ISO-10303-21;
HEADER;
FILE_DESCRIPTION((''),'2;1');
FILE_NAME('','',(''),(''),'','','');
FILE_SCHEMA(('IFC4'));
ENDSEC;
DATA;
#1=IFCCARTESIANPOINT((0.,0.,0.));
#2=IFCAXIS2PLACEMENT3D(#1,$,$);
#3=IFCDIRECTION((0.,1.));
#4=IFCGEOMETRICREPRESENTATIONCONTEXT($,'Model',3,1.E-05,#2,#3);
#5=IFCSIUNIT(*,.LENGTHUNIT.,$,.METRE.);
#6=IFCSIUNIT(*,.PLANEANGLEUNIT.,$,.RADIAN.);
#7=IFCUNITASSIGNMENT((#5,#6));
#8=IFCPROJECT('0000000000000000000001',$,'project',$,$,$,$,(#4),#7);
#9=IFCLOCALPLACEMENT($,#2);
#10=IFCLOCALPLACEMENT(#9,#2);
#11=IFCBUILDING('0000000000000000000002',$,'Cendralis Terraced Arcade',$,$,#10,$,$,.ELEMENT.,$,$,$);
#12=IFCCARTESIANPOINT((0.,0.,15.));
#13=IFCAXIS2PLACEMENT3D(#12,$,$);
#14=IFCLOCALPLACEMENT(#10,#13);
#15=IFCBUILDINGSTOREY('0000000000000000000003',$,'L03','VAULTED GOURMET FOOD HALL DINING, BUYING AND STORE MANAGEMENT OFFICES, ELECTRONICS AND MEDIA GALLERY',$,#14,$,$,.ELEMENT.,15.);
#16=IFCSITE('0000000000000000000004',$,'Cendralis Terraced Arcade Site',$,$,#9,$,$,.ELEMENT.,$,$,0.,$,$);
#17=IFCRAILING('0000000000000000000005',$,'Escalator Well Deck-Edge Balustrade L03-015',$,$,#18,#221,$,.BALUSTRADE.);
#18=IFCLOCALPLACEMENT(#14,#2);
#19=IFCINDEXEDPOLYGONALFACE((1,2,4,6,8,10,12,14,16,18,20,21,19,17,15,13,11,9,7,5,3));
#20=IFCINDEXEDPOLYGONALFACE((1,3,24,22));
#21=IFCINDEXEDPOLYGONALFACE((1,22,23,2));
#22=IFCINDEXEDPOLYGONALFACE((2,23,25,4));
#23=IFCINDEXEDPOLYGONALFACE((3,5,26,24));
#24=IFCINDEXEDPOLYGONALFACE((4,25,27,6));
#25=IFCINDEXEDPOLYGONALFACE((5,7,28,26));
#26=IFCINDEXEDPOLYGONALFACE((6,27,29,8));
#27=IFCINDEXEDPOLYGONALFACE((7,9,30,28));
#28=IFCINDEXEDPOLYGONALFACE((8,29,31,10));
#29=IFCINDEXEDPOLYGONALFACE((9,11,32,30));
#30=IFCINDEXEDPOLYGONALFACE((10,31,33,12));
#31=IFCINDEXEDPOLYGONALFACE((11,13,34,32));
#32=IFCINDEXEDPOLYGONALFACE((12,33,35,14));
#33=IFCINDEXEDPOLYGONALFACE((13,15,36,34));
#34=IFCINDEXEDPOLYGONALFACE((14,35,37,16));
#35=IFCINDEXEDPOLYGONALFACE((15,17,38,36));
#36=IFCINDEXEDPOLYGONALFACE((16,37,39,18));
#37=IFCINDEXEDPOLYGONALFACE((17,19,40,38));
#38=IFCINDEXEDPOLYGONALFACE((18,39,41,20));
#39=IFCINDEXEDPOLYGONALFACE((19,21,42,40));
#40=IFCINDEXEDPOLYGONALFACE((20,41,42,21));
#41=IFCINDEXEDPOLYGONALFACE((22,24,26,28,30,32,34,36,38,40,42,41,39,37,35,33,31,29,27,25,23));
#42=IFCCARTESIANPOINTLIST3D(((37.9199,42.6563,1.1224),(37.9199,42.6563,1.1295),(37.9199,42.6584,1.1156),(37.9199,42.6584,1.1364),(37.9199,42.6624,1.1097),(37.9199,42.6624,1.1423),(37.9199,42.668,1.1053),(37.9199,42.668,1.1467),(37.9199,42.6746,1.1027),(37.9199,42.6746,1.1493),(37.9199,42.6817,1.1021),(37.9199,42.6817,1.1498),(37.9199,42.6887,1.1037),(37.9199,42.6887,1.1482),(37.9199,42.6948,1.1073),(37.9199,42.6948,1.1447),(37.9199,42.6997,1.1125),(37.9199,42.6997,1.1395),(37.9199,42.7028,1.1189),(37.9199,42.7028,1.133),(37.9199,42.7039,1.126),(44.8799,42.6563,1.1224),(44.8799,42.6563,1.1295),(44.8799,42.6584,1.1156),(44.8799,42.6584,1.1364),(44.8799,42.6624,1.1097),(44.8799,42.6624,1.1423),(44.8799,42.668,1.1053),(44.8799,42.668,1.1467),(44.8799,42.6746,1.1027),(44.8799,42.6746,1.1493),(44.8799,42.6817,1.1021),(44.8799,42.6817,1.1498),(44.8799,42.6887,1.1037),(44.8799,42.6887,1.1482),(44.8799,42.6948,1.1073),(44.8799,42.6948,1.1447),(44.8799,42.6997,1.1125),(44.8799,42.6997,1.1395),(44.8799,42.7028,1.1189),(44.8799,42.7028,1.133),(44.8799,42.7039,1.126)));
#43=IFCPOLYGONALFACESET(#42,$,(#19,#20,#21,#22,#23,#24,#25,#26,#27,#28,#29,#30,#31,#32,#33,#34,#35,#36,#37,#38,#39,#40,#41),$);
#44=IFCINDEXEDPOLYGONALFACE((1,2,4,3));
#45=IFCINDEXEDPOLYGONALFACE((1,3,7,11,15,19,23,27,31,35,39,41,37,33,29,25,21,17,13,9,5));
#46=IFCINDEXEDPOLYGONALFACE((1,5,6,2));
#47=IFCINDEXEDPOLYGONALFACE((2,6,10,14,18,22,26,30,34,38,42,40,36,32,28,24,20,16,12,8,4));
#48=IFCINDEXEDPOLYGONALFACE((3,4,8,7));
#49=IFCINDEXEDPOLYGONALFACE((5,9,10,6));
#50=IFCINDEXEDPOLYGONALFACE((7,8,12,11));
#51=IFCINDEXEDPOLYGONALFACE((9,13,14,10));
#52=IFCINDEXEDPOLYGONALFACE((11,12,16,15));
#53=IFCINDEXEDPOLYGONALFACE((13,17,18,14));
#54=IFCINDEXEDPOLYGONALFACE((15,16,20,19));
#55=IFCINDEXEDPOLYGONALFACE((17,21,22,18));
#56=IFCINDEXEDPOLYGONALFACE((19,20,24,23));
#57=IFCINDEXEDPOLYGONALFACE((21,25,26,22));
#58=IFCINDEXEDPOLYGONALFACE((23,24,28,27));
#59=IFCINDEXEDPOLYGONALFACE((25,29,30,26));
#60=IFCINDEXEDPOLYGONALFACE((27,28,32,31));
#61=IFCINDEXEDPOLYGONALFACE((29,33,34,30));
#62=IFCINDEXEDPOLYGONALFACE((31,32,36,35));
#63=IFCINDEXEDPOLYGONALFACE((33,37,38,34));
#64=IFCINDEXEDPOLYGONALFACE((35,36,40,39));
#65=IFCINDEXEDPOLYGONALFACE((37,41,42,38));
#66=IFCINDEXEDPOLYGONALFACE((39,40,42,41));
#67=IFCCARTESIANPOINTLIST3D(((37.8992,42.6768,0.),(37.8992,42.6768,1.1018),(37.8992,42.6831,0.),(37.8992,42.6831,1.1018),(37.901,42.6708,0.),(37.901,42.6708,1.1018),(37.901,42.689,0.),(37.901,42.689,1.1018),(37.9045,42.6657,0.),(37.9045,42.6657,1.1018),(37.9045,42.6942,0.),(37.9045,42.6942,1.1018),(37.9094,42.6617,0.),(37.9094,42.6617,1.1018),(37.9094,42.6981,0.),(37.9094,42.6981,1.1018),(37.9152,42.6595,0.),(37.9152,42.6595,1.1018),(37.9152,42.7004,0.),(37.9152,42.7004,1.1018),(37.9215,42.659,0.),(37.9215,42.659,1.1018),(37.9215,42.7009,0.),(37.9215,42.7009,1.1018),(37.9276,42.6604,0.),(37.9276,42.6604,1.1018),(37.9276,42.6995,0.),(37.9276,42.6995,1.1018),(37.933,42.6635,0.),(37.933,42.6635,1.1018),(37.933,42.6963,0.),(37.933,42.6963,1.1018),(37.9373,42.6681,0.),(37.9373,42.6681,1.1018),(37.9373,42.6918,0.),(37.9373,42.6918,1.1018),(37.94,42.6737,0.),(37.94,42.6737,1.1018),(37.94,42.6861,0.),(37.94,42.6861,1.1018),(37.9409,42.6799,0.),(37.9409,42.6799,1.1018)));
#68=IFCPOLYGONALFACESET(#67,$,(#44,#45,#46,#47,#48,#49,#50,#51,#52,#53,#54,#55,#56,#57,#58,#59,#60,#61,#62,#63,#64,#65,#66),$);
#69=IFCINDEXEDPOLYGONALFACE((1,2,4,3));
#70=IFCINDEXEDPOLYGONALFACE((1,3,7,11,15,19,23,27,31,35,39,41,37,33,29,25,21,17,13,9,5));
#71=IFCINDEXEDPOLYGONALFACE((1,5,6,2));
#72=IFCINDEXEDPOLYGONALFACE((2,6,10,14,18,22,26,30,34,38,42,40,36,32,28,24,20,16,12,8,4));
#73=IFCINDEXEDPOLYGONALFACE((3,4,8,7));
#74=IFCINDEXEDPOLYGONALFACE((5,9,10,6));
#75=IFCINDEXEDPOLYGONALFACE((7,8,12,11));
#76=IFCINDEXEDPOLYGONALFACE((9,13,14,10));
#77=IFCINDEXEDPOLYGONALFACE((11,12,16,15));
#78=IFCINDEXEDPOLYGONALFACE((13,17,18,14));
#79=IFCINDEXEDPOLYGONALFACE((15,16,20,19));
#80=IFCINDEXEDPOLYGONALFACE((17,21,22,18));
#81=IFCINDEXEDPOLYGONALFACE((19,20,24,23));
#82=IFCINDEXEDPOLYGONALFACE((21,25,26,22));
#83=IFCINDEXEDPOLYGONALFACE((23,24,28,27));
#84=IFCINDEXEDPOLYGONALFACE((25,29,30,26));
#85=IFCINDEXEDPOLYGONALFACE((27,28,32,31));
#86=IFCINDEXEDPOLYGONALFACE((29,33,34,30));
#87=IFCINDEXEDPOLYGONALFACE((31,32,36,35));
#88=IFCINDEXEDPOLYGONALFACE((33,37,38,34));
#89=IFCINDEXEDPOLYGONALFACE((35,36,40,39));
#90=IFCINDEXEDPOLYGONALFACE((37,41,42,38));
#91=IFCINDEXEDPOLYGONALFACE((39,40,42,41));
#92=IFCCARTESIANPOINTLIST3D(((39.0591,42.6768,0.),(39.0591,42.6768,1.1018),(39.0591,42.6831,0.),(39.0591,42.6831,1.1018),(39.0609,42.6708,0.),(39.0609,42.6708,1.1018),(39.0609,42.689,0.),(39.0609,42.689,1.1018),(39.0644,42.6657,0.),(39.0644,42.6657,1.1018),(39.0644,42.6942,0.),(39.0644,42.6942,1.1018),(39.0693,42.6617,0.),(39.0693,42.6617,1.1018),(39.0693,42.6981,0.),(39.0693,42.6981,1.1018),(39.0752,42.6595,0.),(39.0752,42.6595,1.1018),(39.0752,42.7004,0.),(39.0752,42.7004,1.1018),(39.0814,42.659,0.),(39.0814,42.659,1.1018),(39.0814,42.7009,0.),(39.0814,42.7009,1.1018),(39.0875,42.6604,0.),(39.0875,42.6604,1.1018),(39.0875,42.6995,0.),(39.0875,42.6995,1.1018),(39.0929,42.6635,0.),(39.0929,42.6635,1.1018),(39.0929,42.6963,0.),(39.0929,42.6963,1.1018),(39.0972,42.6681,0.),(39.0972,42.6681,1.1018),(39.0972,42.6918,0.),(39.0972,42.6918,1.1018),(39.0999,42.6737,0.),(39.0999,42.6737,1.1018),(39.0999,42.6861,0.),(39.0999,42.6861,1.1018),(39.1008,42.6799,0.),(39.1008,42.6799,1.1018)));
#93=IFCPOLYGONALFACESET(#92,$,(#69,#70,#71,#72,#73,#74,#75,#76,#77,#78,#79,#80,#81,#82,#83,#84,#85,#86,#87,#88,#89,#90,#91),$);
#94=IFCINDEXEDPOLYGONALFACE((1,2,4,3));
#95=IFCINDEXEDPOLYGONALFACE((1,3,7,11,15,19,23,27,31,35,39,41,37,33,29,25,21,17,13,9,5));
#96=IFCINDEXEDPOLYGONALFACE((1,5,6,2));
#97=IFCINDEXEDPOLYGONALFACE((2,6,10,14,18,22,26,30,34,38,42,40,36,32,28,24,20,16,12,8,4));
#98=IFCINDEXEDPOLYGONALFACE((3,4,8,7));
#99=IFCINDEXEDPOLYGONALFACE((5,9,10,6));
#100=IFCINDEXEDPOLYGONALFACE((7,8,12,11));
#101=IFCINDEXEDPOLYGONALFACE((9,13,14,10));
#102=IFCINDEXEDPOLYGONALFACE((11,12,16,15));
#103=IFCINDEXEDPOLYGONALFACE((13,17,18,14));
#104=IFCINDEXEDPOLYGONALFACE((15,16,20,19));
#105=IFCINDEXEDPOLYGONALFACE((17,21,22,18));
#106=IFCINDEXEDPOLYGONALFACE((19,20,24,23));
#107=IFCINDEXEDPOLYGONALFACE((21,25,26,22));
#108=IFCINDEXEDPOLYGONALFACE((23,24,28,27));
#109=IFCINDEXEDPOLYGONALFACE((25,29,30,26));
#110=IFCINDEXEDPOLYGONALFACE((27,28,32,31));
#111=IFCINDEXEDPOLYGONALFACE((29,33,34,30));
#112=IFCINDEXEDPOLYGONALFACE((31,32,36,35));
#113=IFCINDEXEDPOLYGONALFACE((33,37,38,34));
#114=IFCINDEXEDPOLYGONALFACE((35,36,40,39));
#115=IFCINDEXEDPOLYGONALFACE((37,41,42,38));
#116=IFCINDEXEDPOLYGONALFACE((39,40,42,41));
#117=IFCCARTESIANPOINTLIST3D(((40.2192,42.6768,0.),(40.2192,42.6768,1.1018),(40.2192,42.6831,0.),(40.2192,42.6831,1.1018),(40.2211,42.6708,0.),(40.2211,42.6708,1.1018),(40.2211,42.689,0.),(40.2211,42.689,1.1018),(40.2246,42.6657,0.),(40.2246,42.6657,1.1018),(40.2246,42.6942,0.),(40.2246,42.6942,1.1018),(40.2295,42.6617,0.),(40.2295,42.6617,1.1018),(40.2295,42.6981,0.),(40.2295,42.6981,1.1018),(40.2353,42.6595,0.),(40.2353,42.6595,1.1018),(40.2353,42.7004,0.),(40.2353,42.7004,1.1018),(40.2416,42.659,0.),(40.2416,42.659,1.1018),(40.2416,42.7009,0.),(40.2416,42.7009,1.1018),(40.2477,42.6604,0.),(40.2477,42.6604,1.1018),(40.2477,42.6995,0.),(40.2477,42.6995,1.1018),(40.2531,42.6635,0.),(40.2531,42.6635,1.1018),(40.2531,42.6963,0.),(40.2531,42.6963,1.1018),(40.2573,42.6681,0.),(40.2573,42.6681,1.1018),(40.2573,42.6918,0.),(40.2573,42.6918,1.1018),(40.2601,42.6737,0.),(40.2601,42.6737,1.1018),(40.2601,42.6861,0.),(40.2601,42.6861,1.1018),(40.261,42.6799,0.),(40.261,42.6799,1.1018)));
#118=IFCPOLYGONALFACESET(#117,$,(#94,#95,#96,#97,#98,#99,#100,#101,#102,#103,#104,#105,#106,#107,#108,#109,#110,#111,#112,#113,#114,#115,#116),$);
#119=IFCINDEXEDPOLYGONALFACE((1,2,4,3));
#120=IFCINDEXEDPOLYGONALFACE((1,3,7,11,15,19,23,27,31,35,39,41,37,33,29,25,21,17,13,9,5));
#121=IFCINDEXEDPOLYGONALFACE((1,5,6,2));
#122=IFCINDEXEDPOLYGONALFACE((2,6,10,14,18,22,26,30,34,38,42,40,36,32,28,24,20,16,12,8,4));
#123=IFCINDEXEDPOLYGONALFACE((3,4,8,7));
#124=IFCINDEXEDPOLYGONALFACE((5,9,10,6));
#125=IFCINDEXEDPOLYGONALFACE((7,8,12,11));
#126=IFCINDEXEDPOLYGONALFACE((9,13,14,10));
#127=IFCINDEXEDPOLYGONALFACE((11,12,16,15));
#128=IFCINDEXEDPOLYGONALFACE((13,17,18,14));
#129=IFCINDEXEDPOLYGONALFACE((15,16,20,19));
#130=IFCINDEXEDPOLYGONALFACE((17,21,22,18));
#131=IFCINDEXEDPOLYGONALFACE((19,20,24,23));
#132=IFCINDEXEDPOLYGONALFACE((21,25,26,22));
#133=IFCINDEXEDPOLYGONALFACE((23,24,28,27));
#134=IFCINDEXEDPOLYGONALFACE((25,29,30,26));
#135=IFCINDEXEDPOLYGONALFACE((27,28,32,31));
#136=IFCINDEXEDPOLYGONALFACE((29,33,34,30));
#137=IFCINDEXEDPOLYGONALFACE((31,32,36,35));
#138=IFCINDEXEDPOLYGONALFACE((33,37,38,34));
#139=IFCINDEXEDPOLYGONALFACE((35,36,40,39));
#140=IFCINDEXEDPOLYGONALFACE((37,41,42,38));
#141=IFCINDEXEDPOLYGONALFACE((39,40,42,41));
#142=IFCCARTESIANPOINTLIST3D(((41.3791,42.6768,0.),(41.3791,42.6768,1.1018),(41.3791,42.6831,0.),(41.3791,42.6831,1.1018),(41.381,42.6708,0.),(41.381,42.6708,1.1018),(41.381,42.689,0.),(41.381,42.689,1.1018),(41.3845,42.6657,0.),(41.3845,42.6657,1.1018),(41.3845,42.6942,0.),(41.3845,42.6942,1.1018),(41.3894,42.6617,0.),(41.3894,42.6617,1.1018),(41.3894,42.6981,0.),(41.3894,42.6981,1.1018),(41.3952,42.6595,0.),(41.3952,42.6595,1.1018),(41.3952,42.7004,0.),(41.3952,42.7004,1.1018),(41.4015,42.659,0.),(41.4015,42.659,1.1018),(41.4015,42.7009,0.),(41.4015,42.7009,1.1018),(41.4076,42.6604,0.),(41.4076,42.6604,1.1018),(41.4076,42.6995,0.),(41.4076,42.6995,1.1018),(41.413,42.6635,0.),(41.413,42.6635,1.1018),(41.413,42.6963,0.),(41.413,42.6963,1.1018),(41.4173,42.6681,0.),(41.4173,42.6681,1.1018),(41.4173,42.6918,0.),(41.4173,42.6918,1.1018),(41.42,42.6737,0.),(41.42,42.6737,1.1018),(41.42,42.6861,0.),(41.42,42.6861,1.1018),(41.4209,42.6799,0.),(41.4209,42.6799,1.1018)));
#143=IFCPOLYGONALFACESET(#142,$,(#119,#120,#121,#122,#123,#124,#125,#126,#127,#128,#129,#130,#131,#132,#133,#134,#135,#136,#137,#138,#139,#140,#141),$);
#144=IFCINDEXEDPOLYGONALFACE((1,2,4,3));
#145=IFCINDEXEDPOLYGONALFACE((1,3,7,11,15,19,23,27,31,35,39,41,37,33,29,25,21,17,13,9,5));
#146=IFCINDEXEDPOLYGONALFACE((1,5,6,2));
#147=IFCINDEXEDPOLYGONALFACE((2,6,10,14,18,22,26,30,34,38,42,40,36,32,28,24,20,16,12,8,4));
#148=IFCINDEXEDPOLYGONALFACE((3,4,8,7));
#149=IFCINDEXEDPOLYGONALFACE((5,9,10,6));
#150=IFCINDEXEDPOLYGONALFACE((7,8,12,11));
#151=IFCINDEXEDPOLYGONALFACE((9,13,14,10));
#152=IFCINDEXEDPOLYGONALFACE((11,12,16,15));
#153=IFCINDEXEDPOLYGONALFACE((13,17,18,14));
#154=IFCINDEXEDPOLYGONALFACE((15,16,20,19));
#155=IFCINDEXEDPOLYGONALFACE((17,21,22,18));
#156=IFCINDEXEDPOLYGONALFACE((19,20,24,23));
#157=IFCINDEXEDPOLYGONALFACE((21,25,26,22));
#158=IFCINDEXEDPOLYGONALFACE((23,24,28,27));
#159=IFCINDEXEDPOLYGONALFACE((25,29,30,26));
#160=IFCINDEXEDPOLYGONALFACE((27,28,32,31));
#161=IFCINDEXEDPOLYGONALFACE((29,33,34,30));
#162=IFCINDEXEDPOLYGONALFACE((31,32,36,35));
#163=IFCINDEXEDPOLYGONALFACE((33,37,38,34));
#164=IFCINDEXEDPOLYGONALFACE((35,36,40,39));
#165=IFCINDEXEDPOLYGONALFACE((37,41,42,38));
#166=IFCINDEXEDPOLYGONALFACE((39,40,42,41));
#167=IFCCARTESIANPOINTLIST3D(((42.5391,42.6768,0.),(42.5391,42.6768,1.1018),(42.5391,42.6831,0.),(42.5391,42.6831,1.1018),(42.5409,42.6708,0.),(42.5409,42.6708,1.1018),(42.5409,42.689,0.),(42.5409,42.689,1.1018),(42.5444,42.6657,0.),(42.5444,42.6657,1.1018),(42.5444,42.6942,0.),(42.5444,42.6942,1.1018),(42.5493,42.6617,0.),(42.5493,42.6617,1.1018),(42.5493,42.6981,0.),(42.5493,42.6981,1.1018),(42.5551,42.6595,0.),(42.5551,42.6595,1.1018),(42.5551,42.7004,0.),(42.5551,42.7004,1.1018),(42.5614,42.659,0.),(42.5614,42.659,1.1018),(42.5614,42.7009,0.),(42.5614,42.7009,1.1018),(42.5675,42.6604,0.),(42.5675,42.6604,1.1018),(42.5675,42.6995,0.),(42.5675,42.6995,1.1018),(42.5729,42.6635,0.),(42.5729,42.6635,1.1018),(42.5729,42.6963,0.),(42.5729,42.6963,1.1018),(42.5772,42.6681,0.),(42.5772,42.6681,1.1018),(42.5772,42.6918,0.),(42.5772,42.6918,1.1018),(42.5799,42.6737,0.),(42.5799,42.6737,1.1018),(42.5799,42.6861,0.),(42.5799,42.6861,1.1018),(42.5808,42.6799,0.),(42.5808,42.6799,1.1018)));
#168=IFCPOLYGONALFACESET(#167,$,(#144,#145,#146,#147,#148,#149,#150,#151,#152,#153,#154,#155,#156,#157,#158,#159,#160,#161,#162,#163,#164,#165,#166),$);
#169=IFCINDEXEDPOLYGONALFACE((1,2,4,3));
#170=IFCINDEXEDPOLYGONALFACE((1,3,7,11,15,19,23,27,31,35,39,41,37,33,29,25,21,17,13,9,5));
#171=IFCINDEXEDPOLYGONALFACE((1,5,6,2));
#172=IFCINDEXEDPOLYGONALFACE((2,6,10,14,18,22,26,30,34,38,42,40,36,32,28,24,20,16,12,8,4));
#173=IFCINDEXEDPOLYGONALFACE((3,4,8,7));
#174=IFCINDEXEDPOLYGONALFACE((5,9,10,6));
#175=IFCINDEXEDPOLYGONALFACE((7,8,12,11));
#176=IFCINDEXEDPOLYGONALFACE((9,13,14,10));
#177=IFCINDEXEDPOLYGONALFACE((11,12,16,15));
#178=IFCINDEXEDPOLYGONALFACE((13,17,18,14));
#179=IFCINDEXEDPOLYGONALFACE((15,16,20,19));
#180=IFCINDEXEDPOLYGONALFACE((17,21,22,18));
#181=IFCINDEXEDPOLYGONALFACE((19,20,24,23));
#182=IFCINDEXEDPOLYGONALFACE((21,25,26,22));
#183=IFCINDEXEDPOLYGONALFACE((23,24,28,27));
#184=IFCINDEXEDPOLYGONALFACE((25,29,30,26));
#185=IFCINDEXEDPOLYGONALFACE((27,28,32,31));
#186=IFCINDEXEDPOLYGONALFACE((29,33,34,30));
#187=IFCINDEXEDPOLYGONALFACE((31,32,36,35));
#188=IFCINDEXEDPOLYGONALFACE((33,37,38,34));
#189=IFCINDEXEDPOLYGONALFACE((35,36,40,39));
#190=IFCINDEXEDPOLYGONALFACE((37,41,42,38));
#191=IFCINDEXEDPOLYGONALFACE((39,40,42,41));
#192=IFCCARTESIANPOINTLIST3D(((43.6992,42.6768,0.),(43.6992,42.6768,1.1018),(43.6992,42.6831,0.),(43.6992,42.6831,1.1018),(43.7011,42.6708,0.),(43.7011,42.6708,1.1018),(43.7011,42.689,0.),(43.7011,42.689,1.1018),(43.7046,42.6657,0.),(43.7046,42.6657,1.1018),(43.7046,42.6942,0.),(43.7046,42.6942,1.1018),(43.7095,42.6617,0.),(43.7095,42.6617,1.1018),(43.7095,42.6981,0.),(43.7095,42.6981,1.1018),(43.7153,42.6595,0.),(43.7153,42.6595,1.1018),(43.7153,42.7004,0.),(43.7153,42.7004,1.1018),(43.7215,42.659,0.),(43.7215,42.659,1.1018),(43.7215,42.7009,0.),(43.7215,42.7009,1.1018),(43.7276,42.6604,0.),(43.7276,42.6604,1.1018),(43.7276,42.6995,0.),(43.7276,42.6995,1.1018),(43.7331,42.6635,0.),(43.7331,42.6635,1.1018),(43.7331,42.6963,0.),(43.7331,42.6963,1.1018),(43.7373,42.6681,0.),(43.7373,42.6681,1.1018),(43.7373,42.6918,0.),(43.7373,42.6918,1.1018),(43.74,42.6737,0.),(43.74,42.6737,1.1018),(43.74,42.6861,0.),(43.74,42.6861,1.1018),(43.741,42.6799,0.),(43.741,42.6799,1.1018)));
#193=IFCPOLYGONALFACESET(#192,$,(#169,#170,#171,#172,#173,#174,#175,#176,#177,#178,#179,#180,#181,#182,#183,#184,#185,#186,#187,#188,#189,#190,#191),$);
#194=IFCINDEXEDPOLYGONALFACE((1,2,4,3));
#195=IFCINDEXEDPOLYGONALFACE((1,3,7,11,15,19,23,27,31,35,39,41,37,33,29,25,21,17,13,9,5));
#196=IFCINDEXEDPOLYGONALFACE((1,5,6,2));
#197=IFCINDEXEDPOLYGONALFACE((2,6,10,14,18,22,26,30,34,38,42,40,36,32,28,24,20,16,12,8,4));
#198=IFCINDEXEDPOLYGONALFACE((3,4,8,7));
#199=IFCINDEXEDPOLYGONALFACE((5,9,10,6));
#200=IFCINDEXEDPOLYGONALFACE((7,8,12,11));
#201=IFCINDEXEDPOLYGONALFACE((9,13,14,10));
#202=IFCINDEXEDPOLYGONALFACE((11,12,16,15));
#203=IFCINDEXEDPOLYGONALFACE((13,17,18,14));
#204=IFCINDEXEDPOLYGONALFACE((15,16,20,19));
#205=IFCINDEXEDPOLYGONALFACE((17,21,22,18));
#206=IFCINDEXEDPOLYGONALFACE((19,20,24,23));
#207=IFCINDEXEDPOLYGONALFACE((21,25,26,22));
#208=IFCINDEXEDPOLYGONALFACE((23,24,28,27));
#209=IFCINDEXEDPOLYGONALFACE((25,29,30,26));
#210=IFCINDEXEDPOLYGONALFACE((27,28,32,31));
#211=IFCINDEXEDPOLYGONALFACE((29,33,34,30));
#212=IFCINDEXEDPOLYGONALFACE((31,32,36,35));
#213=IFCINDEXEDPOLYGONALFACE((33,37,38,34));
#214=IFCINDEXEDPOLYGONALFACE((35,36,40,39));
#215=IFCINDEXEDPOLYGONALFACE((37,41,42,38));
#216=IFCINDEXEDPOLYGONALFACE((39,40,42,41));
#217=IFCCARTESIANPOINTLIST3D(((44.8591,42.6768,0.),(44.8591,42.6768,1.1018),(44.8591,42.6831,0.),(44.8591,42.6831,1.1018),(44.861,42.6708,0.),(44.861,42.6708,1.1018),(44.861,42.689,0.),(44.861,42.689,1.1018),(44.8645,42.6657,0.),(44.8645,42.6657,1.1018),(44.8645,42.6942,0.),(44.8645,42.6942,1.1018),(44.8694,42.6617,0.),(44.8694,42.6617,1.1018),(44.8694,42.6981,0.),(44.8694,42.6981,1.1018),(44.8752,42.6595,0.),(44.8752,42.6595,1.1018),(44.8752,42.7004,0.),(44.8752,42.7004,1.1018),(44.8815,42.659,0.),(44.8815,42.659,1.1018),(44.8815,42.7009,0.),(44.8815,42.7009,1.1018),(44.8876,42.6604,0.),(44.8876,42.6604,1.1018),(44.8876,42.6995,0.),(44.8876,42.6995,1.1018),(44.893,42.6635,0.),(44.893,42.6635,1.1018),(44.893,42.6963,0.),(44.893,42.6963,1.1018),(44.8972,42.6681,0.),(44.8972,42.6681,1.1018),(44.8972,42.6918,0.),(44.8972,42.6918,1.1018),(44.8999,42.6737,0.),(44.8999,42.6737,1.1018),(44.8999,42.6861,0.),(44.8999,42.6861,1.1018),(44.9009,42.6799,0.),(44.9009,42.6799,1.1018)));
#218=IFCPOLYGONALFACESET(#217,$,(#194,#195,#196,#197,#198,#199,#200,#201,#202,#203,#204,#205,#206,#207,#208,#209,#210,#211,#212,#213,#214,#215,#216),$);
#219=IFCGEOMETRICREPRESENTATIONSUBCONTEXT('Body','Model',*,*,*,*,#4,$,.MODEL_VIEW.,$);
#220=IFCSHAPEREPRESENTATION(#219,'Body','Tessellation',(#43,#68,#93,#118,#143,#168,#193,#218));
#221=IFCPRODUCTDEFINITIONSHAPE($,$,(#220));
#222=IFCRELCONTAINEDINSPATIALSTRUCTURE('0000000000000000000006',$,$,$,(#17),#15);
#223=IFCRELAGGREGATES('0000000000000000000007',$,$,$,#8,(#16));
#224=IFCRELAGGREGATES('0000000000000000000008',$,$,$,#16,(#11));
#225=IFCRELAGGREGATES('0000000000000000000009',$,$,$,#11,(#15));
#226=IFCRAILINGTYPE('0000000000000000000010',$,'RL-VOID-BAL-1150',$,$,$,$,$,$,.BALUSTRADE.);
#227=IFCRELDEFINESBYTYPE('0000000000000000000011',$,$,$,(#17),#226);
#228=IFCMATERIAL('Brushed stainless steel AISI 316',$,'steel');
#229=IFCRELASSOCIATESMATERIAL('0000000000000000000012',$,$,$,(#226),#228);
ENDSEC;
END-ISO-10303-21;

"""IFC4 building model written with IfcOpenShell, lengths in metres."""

from ifc_helpers import new_model, si_unit, direction, frame, origin, origin_2d, place, context, subcontext, project, spatial, circle, extrude, material, type_object, element, save


model = new_model("IFC4")

# Units and contexts
model_context = context("Model", 3, precision=1e-05, world=origin(), true_north=direction((0.0, 1.0)))
body_context = subcontext(model_context, "Body", "Model", "MODEL_VIEW")
ifc_project = project(units=[si_unit("LENGTHUNIT", "METRE"), si_unit("PLANEANGLEUNIT", "RADIAN")], contexts=[model_context])

# Site, building, storey
site_placement = place(None, origin())
site = spatial("IfcSite", under=ifc_project, at=site_placement, Name="Cendralis Terraced Arcade Site", CompositionType="ELEMENT", RefElevation=0.0)
building_placement = place(site_placement, origin())
building = spatial("IfcBuilding", under=site, at=building_placement, Name="Cendralis Terraced Arcade", CompositionType="ELEMENT")
storey_placement = place(building_placement, frame((0.0, 0.0, 15.0)))
storey = spatial("IfcBuildingStorey", under=building, at=storey_placement, Name="L03", Description="VAULTED GOURMET FOOD HALL DINING, BUYING AND STORE MANAGEMENT OFFICES, ELECTRONICS AND MEDIA GALLERY", CompositionType="ELEMENT", Elevation=15.0)

# Railing
ifc_material_1 = material(Name="Brushed stainless steel AISI 316", Category="steel")
railing_type_1 = type_object("IfcRailingType", Name="RL-VOID-BAL-1150", PredefinedType="BALUSTRADE", material=ifc_material_1)
railing_1_placement = place(storey_placement, frame((37.9199, 42.6799, 0.0)))
element("IfcRailing", 1, at=railing_1_placement, inside=storey, type_object=railing_type_1, Name="Escalator Well Deck-Edge Balustrade L03-015", PredefinedType="BALUSTRADE", context=body_context, shape_type="SweptSolid", body=[
    extrude(circle(Radius=0.0239, at=origin_2d()), frame((0.0, 0.0, 1.126), z_axis=(1.0, 0.0, 0.0), x_axis=(0.0, 1.0, 0.0)), (0.0, 0.0, 1.0), 6.96),
    extrude(circle(Radius=0.021, at=origin_2d()), origin(), (0.0, 0.0, 1.0), 1.1018),
    extrude(circle(Radius=0.021, at=origin_2d()), frame((1.1599, 0.0, 0.0)), (0.0, 0.0, 1.0), 1.1018),
    extrude(circle(Radius=0.021, at=origin_2d()), frame((2.3201, 0.0, 0.0)), (0.0, 0.0, 1.0), 1.1018),
    extrude(circle(Radius=0.021, at=origin_2d()), frame((3.48, 0.0, 0.0)), (0.0, 0.0, 1.0), 1.1018),
    extrude(circle(Radius=0.021, at=origin_2d()), frame((4.6399, 0.0, 0.0)), (0.0, 0.0, 1.0), 1.1018),
    extrude(circle(Radius=0.021, at=origin_2d()), frame((5.8, 0.0, 0.0)), (0.0, 0.0, 1.0), 1.1018),
    extrude(circle(Radius=0.021, at=origin_2d()), frame((6.96, 0.0, 0.0)), (0.0, 0.0, 1.0), 1.1018),
])

save(model, "model.ifc")
